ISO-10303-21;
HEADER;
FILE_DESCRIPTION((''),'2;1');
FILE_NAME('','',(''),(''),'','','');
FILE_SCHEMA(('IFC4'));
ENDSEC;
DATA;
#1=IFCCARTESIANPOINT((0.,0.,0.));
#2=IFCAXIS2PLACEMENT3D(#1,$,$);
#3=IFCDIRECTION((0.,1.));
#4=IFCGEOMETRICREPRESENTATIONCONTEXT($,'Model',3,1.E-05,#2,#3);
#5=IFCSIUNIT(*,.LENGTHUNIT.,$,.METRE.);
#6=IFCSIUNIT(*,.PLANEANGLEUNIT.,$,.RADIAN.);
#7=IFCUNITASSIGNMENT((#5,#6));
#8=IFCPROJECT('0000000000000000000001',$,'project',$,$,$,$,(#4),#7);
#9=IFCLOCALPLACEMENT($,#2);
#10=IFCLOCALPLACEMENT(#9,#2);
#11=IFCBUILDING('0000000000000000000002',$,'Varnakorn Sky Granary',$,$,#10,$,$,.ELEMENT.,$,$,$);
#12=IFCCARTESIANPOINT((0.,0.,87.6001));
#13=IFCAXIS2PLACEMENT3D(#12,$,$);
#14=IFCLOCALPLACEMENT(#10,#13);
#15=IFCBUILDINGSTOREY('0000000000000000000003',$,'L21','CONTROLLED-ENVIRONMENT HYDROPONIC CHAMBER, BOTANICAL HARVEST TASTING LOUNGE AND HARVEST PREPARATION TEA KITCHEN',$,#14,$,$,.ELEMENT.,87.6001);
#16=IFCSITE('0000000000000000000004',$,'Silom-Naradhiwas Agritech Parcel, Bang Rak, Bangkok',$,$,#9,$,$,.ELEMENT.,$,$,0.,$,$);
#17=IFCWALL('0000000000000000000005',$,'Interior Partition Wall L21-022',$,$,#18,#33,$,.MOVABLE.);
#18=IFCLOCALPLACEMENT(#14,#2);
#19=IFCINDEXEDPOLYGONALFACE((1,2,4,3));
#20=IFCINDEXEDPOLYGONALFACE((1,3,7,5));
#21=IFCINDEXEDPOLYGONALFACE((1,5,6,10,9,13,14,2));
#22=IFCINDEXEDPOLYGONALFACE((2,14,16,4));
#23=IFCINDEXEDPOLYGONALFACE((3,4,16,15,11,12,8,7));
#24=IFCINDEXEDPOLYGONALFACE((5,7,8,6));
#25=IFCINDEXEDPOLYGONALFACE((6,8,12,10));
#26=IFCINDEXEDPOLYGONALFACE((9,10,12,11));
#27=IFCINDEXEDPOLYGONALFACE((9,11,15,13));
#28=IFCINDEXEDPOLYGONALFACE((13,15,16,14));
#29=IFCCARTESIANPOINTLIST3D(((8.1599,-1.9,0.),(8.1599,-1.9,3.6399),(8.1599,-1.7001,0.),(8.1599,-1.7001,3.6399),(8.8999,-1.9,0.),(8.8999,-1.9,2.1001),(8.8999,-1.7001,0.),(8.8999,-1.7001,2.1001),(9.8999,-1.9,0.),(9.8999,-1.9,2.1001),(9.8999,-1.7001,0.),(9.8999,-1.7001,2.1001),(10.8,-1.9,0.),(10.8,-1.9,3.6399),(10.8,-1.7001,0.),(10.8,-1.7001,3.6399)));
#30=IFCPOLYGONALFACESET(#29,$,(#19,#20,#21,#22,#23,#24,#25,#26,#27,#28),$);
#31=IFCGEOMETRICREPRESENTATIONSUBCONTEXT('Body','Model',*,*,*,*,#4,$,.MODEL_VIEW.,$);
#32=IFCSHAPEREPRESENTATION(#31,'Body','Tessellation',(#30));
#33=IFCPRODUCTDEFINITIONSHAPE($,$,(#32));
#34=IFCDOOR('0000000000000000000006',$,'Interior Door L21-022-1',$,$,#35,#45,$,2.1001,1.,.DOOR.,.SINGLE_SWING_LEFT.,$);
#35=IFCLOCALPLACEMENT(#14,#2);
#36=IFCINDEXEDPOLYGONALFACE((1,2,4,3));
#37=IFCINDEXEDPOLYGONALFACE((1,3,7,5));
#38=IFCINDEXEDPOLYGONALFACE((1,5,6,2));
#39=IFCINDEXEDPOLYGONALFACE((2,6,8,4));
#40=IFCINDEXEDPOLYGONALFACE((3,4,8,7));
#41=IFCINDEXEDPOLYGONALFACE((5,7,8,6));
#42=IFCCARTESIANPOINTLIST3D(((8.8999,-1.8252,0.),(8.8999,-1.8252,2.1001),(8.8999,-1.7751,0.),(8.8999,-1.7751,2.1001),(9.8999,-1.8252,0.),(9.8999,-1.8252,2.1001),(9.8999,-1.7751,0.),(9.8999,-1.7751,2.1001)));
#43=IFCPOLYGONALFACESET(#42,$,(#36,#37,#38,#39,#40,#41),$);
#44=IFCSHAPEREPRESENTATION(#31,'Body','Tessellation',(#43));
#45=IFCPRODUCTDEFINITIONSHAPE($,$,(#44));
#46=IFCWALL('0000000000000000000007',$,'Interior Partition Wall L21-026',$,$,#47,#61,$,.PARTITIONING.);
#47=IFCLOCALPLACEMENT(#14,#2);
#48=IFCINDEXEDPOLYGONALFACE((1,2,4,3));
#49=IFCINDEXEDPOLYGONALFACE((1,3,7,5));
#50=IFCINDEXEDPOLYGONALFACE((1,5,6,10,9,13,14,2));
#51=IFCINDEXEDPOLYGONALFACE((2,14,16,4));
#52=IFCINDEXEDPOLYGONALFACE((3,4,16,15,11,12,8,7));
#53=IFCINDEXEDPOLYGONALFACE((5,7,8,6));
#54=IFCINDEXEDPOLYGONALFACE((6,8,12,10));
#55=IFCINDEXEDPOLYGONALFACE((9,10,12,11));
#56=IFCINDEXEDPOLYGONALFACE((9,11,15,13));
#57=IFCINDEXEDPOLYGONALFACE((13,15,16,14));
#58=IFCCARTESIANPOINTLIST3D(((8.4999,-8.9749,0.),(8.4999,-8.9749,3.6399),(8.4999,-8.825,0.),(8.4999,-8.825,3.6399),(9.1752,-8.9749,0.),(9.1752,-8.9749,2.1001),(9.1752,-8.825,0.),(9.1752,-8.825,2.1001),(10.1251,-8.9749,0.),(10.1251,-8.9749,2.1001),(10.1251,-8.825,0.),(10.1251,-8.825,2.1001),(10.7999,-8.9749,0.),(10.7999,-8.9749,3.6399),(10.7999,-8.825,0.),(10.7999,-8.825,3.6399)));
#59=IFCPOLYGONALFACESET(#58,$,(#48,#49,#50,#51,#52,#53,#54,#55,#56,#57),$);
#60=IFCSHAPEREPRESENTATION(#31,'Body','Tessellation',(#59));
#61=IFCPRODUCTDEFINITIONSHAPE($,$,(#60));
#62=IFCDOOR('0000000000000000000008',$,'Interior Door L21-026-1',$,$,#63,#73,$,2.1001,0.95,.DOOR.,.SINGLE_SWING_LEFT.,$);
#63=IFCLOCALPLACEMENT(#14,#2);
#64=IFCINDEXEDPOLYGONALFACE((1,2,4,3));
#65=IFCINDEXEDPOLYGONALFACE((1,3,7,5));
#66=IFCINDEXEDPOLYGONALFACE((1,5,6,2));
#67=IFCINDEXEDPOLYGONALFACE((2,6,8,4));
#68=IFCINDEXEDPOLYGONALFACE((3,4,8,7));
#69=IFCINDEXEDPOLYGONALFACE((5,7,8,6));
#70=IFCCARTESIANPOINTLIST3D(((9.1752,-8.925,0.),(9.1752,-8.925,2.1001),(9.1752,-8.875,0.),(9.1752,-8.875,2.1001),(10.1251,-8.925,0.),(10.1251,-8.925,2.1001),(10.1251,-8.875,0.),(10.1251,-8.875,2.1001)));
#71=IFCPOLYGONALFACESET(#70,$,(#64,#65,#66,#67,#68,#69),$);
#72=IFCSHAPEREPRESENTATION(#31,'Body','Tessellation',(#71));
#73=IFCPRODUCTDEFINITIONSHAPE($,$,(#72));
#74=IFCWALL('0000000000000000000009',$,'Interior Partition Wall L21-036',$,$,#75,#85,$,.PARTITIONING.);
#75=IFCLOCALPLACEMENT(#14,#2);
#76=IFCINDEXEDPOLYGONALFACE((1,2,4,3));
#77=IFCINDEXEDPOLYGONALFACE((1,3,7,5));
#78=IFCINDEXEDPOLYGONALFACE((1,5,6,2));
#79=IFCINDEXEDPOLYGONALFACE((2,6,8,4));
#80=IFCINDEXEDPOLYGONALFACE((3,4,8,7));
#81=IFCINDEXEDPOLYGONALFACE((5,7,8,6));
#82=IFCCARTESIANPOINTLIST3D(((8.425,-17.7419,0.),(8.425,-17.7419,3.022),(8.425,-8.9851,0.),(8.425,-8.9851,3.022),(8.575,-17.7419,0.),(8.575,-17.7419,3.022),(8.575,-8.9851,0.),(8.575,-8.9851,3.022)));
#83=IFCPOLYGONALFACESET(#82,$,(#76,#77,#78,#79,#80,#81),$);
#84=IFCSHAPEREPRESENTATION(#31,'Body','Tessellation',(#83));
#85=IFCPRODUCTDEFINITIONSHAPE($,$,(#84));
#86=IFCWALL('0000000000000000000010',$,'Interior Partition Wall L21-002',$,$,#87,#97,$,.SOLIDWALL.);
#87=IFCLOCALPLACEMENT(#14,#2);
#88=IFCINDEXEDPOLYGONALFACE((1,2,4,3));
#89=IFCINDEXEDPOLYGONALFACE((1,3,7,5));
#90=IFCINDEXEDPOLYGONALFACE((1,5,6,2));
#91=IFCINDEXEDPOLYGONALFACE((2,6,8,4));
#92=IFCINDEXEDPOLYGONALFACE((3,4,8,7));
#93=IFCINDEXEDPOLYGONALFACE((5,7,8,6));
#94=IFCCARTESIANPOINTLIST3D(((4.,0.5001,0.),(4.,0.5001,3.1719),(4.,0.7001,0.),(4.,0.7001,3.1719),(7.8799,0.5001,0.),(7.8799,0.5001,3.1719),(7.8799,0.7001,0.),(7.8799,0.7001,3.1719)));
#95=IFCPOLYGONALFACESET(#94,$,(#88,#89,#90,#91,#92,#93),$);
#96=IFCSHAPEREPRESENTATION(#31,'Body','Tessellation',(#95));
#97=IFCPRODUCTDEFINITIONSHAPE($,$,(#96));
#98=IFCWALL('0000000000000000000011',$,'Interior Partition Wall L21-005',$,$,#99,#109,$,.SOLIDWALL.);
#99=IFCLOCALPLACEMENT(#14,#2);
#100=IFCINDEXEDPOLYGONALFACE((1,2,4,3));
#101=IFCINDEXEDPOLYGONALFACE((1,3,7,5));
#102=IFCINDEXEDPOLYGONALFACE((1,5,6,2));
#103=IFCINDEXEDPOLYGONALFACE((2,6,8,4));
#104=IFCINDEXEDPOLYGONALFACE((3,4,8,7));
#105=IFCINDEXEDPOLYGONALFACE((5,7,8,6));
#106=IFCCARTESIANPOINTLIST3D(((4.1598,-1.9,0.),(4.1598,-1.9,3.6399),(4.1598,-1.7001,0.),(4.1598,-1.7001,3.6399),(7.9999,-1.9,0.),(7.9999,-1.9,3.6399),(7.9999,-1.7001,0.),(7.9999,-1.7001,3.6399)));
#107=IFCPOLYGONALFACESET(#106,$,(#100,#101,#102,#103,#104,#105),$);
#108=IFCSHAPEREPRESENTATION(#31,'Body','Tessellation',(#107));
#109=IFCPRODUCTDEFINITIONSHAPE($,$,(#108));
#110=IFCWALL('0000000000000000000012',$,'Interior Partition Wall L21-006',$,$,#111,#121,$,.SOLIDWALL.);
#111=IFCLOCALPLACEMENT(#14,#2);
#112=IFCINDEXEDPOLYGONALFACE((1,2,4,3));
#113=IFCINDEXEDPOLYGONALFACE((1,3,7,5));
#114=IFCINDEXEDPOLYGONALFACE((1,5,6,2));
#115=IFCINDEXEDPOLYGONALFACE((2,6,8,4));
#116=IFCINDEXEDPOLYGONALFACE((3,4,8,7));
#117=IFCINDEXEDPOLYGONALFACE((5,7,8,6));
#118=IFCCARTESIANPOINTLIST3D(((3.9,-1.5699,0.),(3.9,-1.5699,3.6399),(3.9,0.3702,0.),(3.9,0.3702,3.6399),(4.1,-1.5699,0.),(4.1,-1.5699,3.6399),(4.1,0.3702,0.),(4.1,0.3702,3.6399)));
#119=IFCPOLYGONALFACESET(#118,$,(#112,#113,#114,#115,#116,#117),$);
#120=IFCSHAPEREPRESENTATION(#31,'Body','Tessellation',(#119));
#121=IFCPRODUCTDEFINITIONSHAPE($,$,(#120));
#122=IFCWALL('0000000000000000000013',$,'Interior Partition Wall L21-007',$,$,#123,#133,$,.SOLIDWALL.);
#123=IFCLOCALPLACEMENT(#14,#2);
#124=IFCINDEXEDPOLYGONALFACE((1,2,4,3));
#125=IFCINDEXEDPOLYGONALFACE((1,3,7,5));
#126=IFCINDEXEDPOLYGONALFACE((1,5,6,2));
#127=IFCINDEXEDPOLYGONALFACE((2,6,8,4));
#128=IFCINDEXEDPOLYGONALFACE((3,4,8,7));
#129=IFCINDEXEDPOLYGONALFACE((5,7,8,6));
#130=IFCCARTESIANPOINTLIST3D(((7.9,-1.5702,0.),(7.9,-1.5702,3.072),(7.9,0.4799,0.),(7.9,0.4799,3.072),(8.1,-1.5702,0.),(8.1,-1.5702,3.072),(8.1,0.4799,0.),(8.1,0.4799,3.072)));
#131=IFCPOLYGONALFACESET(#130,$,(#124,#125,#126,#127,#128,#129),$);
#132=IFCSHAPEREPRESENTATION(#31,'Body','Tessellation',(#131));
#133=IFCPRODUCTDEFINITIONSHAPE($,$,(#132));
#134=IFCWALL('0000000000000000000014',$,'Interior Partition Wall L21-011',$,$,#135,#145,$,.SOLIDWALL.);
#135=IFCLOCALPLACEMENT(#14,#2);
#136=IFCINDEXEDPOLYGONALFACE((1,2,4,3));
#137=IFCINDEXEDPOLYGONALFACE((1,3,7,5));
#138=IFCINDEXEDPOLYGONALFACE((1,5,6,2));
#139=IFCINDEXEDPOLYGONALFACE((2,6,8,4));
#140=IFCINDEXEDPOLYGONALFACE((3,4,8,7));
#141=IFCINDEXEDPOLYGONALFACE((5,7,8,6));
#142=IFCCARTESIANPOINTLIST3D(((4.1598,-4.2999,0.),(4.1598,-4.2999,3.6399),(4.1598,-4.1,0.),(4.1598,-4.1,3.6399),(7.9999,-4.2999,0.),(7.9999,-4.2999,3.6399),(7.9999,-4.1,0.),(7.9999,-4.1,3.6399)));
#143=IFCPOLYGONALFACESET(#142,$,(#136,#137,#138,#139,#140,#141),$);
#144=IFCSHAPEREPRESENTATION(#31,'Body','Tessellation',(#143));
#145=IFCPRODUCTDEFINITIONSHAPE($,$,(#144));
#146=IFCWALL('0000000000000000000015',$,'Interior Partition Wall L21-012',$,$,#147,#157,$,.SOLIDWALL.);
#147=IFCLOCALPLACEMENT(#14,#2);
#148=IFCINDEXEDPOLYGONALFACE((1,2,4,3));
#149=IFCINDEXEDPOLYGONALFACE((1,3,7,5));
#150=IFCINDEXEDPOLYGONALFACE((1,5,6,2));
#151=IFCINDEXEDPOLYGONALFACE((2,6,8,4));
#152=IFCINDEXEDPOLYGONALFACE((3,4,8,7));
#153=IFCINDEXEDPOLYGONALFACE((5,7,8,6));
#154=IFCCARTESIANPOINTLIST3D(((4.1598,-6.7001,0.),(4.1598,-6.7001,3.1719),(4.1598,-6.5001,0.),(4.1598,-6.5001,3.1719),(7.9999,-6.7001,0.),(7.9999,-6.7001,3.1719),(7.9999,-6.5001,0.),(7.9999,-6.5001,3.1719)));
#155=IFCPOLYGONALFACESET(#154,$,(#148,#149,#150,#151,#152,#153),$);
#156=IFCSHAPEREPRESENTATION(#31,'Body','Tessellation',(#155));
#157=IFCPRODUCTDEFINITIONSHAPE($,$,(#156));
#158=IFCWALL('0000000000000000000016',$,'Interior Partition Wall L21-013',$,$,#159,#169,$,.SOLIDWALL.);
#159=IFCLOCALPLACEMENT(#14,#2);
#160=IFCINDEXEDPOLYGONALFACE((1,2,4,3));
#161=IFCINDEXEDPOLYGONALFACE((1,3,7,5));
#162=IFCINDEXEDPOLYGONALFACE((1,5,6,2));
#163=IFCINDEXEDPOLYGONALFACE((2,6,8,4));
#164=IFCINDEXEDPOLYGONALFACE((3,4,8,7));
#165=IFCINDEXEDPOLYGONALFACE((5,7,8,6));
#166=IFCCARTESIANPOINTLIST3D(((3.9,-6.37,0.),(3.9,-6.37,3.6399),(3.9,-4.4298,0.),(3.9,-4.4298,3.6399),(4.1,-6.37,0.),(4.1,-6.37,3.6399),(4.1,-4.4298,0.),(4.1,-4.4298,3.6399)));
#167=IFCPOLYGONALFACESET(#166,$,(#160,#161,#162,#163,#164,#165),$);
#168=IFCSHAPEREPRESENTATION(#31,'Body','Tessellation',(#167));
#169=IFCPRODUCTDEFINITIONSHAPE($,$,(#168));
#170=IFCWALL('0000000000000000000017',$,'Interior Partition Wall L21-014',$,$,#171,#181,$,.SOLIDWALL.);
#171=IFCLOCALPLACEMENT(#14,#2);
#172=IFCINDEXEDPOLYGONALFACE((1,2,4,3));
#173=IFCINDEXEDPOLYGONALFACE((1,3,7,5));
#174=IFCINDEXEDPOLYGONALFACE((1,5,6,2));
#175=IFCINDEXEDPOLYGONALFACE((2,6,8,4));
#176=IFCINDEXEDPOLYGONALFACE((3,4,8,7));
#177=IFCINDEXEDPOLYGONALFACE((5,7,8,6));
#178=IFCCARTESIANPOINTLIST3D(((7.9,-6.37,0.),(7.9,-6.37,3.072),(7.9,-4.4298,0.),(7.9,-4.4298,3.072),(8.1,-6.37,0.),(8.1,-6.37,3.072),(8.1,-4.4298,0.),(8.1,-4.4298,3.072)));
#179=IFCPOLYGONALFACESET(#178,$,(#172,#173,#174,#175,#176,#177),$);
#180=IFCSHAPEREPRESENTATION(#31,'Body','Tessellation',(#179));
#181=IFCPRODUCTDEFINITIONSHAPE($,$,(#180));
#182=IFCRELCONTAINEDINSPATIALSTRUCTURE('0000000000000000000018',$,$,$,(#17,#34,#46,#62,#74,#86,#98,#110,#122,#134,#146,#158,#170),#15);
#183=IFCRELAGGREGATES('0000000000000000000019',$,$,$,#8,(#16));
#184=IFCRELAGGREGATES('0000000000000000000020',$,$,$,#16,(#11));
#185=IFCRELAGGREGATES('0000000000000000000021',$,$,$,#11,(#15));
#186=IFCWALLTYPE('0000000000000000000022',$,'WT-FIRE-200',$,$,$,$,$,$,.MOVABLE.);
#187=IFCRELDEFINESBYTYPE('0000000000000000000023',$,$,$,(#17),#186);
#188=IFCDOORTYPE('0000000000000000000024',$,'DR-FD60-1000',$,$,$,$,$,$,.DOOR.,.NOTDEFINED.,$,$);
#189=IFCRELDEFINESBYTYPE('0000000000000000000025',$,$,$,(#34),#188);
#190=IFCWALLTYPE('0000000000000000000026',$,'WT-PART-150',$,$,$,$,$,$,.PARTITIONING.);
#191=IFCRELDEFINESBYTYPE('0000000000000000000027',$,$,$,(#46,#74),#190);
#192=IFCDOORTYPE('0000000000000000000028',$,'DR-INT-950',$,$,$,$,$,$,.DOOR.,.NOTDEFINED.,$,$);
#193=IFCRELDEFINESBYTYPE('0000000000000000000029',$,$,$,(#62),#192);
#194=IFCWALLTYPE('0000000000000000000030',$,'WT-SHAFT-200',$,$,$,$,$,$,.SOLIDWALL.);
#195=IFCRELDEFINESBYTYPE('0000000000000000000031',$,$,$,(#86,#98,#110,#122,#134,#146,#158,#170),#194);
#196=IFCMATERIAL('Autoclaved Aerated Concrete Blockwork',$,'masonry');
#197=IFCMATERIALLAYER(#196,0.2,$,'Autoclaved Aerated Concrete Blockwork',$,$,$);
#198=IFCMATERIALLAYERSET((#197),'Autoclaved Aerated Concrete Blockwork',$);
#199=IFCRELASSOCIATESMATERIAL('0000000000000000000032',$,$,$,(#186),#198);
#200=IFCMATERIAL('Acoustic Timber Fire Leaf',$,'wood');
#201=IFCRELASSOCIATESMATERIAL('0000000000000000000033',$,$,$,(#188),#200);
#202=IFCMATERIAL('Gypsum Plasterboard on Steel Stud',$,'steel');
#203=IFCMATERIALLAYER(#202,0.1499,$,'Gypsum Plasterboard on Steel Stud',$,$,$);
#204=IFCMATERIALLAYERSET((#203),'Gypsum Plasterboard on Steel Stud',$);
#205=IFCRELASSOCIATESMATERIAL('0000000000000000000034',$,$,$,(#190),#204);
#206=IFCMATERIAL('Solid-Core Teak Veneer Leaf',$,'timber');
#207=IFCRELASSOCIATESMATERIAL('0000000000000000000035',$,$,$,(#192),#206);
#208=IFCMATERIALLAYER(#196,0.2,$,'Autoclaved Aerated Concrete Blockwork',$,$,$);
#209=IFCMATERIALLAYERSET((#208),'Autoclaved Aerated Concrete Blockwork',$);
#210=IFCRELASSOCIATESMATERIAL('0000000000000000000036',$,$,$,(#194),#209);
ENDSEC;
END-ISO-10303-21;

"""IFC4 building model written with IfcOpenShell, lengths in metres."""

from ifc_helpers import new_model, si_unit, direction, frame, frame_2d, origin, place, context, subcontext, project, spatial, rectangle, extrude, material, layer, layer_set, type_object, element, fill, save


model = new_model("IFC4")

# Units and contexts
model_context = context("Model", 3, precision=1e-05, world=origin(), true_north=direction((0.0, 1.0)))
body_context = subcontext(model_context, "Body", "Model", "MODEL_VIEW")
ifc_project = project(units=[si_unit("LENGTHUNIT", "METRE"), si_unit("PLANEANGLEUNIT", "RADIAN")], contexts=[model_context])

# Site, building, storey
site_placement = place(None, origin())
site = spatial("IfcSite", under=ifc_project, at=site_placement, Name="Silom-Naradhiwas Agritech Parcel, Bang Rak, Bangkok", CompositionType="ELEMENT", RefElevation=0.0)
building_placement = place(site_placement, origin())
building = spatial("IfcBuilding", under=site, at=building_placement, Name="Varnakorn Sky Granary", CompositionType="ELEMENT")
storey_placement = place(building_placement, frame((0.0, 0.0, 87.6001)))
storey = spatial("IfcBuildingStorey", under=building, at=storey_placement, Name="L21", Description="CONTROLLED-ENVIRONMENT HYDROPONIC CHAMBER, BOTANICAL HARVEST TASTING LOUNGE AND HARVEST PREPARATION TEA KITCHEN", CompositionType="ELEMENT", Elevation=87.6001)

# Walls, openings, doors
ifc_material_1 = material(Name="Autoclaved Aerated Concrete Blockwork", Category="masonry")
ifc_layer_1 = layer(ifc_material_1, 0.2, Name="Autoclaved Aerated Concrete Blockwork")
ifc_layer_set_1 = layer_set([ifc_layer_1], Name="Autoclaved Aerated Concrete Blockwork")
wall_type_1 = type_object("IfcWallType", Name="WT-FIRE-200", PredefinedType="MOVABLE", material=ifc_layer_set_1)
ifc_material_2 = material(Name="Acoustic Timber Fire Leaf", Category="wood")
door_type_1 = type_object("IfcDoorType", Name="DR-FD60-1000", OperationType="NOTDEFINED", PredefinedType="DOOR", material=ifc_material_2)
wall_1_placement = place(storey_placement, frame((8.1599, -1.8, 0.0), z_axis=(0.0, 0.0, 1.0), x_axis=(1.0, 0.0, 0.0)))
wall_1 = element("IfcWall", 1, at=wall_1_placement, inside=storey, type_object=wall_type_1, Name="Interior Partition Wall L21-022", PredefinedType="MOVABLE", context=body_context, shape_type="SweptSolid", body=[
    extrude(rectangle(XDim=2.6401, YDim=0.2, at=frame_2d((1.3201, 0.0))), origin(), (0.0, 0.0, 1.0), 3.6399),
])
opening_1_placement = place(wall_1_placement, frame((0.74, 0.0, 0.0)))
opening_1 = element("IfcOpeningElement", 2, at=opening_1_placement, cuts=wall_1, PredefinedType="OPENING", context=body_context, shape_type="SweptSolid", body=[
    extrude(rectangle(XDim=1.0, YDim=2.1001, at=frame_2d((0.5, 1.05))), frame((0.0, 0.1099, 0.0), z_axis=(0.0, -1.0, 0.0), x_axis=(1.0, 0.0, 0.0)), (0.0, 0.0, 1.0), 0.22),
])
door_1_placement = place(opening_1_placement, origin())
door_1 = element("IfcDoor", 3, at=door_1_placement, inside=storey, type_object=door_type_1, Name="Interior Door L21-022-1", OperationType="SINGLE_SWING_LEFT", OverallHeight=2.1001, OverallWidth=1.0, PredefinedType="DOOR", context=body_context, shape_type="SweptSolid", body=[
    extrude(rectangle(XDim=1.0, YDim=2.1001, at=frame_2d((0.5, 1.05))), frame((0.0, 0.0249, 0.0), z_axis=(0.0, -1.0, 0.0), x_axis=(1.0, 0.0, 0.0)), (0.0, 0.0, 1.0), 0.05),
])
fill(opening_1, door_1)
ifc_material_3 = material(Name="Gypsum Plasterboard on Steel Stud", Category="steel")
ifc_layer_2 = layer(ifc_material_3, 0.1499, Name="Gypsum Plasterboard on Steel Stud")
ifc_layer_set_2 = layer_set([ifc_layer_2], Name="Gypsum Plasterboard on Steel Stud")
wall_type_2 = type_object("IfcWallType", Name="WT-PART-150", PredefinedType="PARTITIONING", material=ifc_layer_set_2)
wall_2_placement = place(storey_placement, frame((8.5, -8.8999, 0.0), z_axis=(0.0, 0.0, 1.0), x_axis=(1.0, 0.0, 0.0)))
wall_2 = element("IfcWall", 4, at=wall_2_placement, inside=storey, type_object=wall_type_2, Name="Interior Partition Wall L21-026", PredefinedType="PARTITIONING", context=body_context, shape_type="SweptSolid", body=[
    extrude(rectangle(XDim=2.3, YDim=0.1499, at=frame_2d((1.1499, 0.0))), origin(), (0.0, 0.0, 1.0), 3.6399),
])
opening_2_placement = place(wall_2_placement, frame((0.675, 0.0, 0.0)))
opening_2 = element("IfcOpeningElement", 5, at=opening_2_placement, cuts=wall_2, PredefinedType="OPENING", context=body_context, shape_type="SweptSolid", body=[
    extrude(rectangle(XDim=0.95, YDim=2.1001, at=frame_2d((0.4751, 1.05))), frame((0.0, 0.085, 0.0), z_axis=(0.0, -1.0, 0.0), x_axis=(1.0, 0.0, 0.0)), (0.0, 0.0, 1.0), 0.1699),
])
ifc_material_4 = material(Name="Solid-Core Teak Veneer Leaf", Category="timber")
door_type_2 = type_object("IfcDoorType", Name="DR-INT-950", OperationType="NOTDEFINED", PredefinedType="DOOR", material=ifc_material_4)
door_2_placement = place(opening_2_placement, origin())
door_2 = element("IfcDoor", 6, at=door_2_placement, inside=storey, type_object=door_type_2, Name="Interior Door L21-026-1", OperationType="SINGLE_SWING_LEFT", OverallHeight=2.1001, OverallWidth=0.95, PredefinedType="DOOR", context=body_context, shape_type="SweptSolid", body=[
    extrude(rectangle(XDim=0.95, YDim=2.1001, at=frame_2d((0.4751, 1.05))), frame((0.0, 0.0249, 0.0), z_axis=(0.0, -1.0, 0.0), x_axis=(1.0, 0.0, 0.0)), (0.0, 0.0, 1.0), 0.05),
])
fill(opening_2, door_2)

# Walls
wall_3_placement = place(storey_placement, frame((8.5, -8.9851, 0.0), z_axis=(0.0, 0.0, 1.0), x_axis=(0.0, -1.0, 0.0)))
element("IfcWall", 7, at=wall_3_placement, inside=storey, type_object=wall_type_2, Name="Interior Partition Wall L21-036", PredefinedType="PARTITIONING", context=body_context, shape_type="SweptSolid", body=[
    extrude(rectangle(XDim=8.7568, YDim=0.1499, at=frame_2d((4.3784, 0.0))), origin(), (0.0, 0.0, 1.0), 3.022),
])
ifc_layer_3 = layer(ifc_material_1, 0.2, Name="Autoclaved Aerated Concrete Blockwork")
ifc_layer_set_3 = layer_set([ifc_layer_3], Name="Autoclaved Aerated Concrete Blockwork")
wall_type_3 = type_object("IfcWallType", Name="WT-SHAFT-200", PredefinedType="SOLIDWALL", material=ifc_layer_set_3)
wall_4_placement = place(storey_placement, frame((4.0, 0.6001, 0.0), z_axis=(0.0, 0.0, 1.0), x_axis=(1.0, 0.0, 0.0)))
element("IfcWall", 8, at=wall_4_placement, inside=storey, type_object=wall_type_3, Name="Interior Partition Wall L21-002", PredefinedType="SOLIDWALL", context=body_context, shape_type="SweptSolid", body=[
    extrude(rectangle(XDim=3.8799, YDim=0.2, at=frame_2d((1.9399, 0.0))), origin(), (0.0, 0.0, 1.0), 3.1719),
])
wall_5_placement = place(storey_placement, frame((4.1599, -1.8, 0.0), z_axis=(0.0, 0.0, 1.0), x_axis=(1.0, 0.0, 0.0)))
element("IfcWall", 9, at=wall_5_placement, inside=storey, type_object=wall_type_3, Name="Interior Partition Wall L21-005", PredefinedType="SOLIDWALL", context=body_context, shape_type="SweptSolid", body=[
    extrude(rectangle(XDim=3.8401, YDim=0.2, at=frame_2d((1.9199, 0.0))), origin(), (0.0, 0.0, 1.0), 3.6399),
])
wall_6_placement = place(storey_placement, frame((4.0, -1.5701, 0.0), z_axis=(0.0, 0.0, 1.0), x_axis=(0.0, 1.0, 0.0)))
element("IfcWall", 10, at=wall_6_placement, inside=storey, type_object=wall_type_3, Name="Interior Partition Wall L21-006", PredefinedType="SOLIDWALL", context=body_context, shape_type="SweptSolid", body=[
    extrude(rectangle(XDim=1.9402, YDim=0.2, at=frame_2d((0.9702, 0.0))), origin(), (0.0, 0.0, 1.0), 3.6399),
])
wall_7_placement = place(storey_placement, frame((8.0, -1.5701, 0.0), z_axis=(0.0, 0.0, 1.0), x_axis=(0.0, 1.0, 0.0)))
element("IfcWall", 11, at=wall_7_placement, inside=storey, type_object=wall_type_3, Name="Interior Partition Wall L21-007", PredefinedType="SOLIDWALL", context=body_context, shape_type="SweptSolid", body=[
    extrude(rectangle(XDim=2.05, YDim=0.2, at=frame_2d((1.0249, 0.0))), origin(), (0.0, 0.0, 1.0), 3.072),
])
wall_8_placement = place(storey_placement, frame((4.1599, -4.2, 0.0), z_axis=(0.0, 0.0, 1.0), x_axis=(1.0, 0.0, 0.0)))
element("IfcWall", 12, at=wall_8_placement, inside=storey, type_object=wall_type_3, Name="Interior Partition Wall L21-011", PredefinedType="SOLIDWALL", context=body_context, shape_type="SweptSolid", body=[
    extrude(rectangle(XDim=3.8401, YDim=0.2, at=frame_2d((1.9199, 0.0))), origin(), (0.0, 0.0, 1.0), 3.6399),
])
wall_9_placement = place(storey_placement, frame((4.1599, -6.6001, 0.0), z_axis=(0.0, 0.0, 1.0), x_axis=(1.0, 0.0, 0.0)))
element("IfcWall", 13, at=wall_9_placement, inside=storey, type_object=wall_type_3, Name="Interior Partition Wall L21-012", PredefinedType="SOLIDWALL", context=body_context, shape_type="SweptSolid", body=[
    extrude(rectangle(XDim=3.8401, YDim=0.2, at=frame_2d((1.9199, 0.0))), origin(), (0.0, 0.0, 1.0), 3.1719),
])
wall_10_placement = place(storey_placement, frame((4.0, -6.3701, 0.0), z_axis=(0.0, 0.0, 1.0), x_axis=(0.0, 1.0, 0.0)))
element("IfcWall", 14, at=wall_10_placement, inside=storey, type_object=wall_type_3, Name="Interior Partition Wall L21-013", PredefinedType="SOLIDWALL", context=body_context, shape_type="SweptSolid", body=[
    extrude(rectangle(XDim=1.9402, YDim=0.2, at=frame_2d((0.9702, 0.0))), origin(), (0.0, 0.0, 1.0), 3.6399),
])
wall_11_placement = place(storey_placement, frame((8.0, -6.3701, 0.0), z_axis=(0.0, 0.0, 1.0), x_axis=(0.0, 1.0, 0.0)))
element("IfcWall", 15, at=wall_11_placement, inside=storey, type_object=wall_type_3, Name="Interior Partition Wall L21-014", PredefinedType="SOLIDWALL", context=body_context, shape_type="SweptSolid", body=[
    extrude(rectangle(XDim=1.9402, YDim=0.2, at=frame_2d((0.9702, 0.0))), origin(), (0.0, 0.0, 1.0), 3.072),
])

save(model, "model.ifc")
